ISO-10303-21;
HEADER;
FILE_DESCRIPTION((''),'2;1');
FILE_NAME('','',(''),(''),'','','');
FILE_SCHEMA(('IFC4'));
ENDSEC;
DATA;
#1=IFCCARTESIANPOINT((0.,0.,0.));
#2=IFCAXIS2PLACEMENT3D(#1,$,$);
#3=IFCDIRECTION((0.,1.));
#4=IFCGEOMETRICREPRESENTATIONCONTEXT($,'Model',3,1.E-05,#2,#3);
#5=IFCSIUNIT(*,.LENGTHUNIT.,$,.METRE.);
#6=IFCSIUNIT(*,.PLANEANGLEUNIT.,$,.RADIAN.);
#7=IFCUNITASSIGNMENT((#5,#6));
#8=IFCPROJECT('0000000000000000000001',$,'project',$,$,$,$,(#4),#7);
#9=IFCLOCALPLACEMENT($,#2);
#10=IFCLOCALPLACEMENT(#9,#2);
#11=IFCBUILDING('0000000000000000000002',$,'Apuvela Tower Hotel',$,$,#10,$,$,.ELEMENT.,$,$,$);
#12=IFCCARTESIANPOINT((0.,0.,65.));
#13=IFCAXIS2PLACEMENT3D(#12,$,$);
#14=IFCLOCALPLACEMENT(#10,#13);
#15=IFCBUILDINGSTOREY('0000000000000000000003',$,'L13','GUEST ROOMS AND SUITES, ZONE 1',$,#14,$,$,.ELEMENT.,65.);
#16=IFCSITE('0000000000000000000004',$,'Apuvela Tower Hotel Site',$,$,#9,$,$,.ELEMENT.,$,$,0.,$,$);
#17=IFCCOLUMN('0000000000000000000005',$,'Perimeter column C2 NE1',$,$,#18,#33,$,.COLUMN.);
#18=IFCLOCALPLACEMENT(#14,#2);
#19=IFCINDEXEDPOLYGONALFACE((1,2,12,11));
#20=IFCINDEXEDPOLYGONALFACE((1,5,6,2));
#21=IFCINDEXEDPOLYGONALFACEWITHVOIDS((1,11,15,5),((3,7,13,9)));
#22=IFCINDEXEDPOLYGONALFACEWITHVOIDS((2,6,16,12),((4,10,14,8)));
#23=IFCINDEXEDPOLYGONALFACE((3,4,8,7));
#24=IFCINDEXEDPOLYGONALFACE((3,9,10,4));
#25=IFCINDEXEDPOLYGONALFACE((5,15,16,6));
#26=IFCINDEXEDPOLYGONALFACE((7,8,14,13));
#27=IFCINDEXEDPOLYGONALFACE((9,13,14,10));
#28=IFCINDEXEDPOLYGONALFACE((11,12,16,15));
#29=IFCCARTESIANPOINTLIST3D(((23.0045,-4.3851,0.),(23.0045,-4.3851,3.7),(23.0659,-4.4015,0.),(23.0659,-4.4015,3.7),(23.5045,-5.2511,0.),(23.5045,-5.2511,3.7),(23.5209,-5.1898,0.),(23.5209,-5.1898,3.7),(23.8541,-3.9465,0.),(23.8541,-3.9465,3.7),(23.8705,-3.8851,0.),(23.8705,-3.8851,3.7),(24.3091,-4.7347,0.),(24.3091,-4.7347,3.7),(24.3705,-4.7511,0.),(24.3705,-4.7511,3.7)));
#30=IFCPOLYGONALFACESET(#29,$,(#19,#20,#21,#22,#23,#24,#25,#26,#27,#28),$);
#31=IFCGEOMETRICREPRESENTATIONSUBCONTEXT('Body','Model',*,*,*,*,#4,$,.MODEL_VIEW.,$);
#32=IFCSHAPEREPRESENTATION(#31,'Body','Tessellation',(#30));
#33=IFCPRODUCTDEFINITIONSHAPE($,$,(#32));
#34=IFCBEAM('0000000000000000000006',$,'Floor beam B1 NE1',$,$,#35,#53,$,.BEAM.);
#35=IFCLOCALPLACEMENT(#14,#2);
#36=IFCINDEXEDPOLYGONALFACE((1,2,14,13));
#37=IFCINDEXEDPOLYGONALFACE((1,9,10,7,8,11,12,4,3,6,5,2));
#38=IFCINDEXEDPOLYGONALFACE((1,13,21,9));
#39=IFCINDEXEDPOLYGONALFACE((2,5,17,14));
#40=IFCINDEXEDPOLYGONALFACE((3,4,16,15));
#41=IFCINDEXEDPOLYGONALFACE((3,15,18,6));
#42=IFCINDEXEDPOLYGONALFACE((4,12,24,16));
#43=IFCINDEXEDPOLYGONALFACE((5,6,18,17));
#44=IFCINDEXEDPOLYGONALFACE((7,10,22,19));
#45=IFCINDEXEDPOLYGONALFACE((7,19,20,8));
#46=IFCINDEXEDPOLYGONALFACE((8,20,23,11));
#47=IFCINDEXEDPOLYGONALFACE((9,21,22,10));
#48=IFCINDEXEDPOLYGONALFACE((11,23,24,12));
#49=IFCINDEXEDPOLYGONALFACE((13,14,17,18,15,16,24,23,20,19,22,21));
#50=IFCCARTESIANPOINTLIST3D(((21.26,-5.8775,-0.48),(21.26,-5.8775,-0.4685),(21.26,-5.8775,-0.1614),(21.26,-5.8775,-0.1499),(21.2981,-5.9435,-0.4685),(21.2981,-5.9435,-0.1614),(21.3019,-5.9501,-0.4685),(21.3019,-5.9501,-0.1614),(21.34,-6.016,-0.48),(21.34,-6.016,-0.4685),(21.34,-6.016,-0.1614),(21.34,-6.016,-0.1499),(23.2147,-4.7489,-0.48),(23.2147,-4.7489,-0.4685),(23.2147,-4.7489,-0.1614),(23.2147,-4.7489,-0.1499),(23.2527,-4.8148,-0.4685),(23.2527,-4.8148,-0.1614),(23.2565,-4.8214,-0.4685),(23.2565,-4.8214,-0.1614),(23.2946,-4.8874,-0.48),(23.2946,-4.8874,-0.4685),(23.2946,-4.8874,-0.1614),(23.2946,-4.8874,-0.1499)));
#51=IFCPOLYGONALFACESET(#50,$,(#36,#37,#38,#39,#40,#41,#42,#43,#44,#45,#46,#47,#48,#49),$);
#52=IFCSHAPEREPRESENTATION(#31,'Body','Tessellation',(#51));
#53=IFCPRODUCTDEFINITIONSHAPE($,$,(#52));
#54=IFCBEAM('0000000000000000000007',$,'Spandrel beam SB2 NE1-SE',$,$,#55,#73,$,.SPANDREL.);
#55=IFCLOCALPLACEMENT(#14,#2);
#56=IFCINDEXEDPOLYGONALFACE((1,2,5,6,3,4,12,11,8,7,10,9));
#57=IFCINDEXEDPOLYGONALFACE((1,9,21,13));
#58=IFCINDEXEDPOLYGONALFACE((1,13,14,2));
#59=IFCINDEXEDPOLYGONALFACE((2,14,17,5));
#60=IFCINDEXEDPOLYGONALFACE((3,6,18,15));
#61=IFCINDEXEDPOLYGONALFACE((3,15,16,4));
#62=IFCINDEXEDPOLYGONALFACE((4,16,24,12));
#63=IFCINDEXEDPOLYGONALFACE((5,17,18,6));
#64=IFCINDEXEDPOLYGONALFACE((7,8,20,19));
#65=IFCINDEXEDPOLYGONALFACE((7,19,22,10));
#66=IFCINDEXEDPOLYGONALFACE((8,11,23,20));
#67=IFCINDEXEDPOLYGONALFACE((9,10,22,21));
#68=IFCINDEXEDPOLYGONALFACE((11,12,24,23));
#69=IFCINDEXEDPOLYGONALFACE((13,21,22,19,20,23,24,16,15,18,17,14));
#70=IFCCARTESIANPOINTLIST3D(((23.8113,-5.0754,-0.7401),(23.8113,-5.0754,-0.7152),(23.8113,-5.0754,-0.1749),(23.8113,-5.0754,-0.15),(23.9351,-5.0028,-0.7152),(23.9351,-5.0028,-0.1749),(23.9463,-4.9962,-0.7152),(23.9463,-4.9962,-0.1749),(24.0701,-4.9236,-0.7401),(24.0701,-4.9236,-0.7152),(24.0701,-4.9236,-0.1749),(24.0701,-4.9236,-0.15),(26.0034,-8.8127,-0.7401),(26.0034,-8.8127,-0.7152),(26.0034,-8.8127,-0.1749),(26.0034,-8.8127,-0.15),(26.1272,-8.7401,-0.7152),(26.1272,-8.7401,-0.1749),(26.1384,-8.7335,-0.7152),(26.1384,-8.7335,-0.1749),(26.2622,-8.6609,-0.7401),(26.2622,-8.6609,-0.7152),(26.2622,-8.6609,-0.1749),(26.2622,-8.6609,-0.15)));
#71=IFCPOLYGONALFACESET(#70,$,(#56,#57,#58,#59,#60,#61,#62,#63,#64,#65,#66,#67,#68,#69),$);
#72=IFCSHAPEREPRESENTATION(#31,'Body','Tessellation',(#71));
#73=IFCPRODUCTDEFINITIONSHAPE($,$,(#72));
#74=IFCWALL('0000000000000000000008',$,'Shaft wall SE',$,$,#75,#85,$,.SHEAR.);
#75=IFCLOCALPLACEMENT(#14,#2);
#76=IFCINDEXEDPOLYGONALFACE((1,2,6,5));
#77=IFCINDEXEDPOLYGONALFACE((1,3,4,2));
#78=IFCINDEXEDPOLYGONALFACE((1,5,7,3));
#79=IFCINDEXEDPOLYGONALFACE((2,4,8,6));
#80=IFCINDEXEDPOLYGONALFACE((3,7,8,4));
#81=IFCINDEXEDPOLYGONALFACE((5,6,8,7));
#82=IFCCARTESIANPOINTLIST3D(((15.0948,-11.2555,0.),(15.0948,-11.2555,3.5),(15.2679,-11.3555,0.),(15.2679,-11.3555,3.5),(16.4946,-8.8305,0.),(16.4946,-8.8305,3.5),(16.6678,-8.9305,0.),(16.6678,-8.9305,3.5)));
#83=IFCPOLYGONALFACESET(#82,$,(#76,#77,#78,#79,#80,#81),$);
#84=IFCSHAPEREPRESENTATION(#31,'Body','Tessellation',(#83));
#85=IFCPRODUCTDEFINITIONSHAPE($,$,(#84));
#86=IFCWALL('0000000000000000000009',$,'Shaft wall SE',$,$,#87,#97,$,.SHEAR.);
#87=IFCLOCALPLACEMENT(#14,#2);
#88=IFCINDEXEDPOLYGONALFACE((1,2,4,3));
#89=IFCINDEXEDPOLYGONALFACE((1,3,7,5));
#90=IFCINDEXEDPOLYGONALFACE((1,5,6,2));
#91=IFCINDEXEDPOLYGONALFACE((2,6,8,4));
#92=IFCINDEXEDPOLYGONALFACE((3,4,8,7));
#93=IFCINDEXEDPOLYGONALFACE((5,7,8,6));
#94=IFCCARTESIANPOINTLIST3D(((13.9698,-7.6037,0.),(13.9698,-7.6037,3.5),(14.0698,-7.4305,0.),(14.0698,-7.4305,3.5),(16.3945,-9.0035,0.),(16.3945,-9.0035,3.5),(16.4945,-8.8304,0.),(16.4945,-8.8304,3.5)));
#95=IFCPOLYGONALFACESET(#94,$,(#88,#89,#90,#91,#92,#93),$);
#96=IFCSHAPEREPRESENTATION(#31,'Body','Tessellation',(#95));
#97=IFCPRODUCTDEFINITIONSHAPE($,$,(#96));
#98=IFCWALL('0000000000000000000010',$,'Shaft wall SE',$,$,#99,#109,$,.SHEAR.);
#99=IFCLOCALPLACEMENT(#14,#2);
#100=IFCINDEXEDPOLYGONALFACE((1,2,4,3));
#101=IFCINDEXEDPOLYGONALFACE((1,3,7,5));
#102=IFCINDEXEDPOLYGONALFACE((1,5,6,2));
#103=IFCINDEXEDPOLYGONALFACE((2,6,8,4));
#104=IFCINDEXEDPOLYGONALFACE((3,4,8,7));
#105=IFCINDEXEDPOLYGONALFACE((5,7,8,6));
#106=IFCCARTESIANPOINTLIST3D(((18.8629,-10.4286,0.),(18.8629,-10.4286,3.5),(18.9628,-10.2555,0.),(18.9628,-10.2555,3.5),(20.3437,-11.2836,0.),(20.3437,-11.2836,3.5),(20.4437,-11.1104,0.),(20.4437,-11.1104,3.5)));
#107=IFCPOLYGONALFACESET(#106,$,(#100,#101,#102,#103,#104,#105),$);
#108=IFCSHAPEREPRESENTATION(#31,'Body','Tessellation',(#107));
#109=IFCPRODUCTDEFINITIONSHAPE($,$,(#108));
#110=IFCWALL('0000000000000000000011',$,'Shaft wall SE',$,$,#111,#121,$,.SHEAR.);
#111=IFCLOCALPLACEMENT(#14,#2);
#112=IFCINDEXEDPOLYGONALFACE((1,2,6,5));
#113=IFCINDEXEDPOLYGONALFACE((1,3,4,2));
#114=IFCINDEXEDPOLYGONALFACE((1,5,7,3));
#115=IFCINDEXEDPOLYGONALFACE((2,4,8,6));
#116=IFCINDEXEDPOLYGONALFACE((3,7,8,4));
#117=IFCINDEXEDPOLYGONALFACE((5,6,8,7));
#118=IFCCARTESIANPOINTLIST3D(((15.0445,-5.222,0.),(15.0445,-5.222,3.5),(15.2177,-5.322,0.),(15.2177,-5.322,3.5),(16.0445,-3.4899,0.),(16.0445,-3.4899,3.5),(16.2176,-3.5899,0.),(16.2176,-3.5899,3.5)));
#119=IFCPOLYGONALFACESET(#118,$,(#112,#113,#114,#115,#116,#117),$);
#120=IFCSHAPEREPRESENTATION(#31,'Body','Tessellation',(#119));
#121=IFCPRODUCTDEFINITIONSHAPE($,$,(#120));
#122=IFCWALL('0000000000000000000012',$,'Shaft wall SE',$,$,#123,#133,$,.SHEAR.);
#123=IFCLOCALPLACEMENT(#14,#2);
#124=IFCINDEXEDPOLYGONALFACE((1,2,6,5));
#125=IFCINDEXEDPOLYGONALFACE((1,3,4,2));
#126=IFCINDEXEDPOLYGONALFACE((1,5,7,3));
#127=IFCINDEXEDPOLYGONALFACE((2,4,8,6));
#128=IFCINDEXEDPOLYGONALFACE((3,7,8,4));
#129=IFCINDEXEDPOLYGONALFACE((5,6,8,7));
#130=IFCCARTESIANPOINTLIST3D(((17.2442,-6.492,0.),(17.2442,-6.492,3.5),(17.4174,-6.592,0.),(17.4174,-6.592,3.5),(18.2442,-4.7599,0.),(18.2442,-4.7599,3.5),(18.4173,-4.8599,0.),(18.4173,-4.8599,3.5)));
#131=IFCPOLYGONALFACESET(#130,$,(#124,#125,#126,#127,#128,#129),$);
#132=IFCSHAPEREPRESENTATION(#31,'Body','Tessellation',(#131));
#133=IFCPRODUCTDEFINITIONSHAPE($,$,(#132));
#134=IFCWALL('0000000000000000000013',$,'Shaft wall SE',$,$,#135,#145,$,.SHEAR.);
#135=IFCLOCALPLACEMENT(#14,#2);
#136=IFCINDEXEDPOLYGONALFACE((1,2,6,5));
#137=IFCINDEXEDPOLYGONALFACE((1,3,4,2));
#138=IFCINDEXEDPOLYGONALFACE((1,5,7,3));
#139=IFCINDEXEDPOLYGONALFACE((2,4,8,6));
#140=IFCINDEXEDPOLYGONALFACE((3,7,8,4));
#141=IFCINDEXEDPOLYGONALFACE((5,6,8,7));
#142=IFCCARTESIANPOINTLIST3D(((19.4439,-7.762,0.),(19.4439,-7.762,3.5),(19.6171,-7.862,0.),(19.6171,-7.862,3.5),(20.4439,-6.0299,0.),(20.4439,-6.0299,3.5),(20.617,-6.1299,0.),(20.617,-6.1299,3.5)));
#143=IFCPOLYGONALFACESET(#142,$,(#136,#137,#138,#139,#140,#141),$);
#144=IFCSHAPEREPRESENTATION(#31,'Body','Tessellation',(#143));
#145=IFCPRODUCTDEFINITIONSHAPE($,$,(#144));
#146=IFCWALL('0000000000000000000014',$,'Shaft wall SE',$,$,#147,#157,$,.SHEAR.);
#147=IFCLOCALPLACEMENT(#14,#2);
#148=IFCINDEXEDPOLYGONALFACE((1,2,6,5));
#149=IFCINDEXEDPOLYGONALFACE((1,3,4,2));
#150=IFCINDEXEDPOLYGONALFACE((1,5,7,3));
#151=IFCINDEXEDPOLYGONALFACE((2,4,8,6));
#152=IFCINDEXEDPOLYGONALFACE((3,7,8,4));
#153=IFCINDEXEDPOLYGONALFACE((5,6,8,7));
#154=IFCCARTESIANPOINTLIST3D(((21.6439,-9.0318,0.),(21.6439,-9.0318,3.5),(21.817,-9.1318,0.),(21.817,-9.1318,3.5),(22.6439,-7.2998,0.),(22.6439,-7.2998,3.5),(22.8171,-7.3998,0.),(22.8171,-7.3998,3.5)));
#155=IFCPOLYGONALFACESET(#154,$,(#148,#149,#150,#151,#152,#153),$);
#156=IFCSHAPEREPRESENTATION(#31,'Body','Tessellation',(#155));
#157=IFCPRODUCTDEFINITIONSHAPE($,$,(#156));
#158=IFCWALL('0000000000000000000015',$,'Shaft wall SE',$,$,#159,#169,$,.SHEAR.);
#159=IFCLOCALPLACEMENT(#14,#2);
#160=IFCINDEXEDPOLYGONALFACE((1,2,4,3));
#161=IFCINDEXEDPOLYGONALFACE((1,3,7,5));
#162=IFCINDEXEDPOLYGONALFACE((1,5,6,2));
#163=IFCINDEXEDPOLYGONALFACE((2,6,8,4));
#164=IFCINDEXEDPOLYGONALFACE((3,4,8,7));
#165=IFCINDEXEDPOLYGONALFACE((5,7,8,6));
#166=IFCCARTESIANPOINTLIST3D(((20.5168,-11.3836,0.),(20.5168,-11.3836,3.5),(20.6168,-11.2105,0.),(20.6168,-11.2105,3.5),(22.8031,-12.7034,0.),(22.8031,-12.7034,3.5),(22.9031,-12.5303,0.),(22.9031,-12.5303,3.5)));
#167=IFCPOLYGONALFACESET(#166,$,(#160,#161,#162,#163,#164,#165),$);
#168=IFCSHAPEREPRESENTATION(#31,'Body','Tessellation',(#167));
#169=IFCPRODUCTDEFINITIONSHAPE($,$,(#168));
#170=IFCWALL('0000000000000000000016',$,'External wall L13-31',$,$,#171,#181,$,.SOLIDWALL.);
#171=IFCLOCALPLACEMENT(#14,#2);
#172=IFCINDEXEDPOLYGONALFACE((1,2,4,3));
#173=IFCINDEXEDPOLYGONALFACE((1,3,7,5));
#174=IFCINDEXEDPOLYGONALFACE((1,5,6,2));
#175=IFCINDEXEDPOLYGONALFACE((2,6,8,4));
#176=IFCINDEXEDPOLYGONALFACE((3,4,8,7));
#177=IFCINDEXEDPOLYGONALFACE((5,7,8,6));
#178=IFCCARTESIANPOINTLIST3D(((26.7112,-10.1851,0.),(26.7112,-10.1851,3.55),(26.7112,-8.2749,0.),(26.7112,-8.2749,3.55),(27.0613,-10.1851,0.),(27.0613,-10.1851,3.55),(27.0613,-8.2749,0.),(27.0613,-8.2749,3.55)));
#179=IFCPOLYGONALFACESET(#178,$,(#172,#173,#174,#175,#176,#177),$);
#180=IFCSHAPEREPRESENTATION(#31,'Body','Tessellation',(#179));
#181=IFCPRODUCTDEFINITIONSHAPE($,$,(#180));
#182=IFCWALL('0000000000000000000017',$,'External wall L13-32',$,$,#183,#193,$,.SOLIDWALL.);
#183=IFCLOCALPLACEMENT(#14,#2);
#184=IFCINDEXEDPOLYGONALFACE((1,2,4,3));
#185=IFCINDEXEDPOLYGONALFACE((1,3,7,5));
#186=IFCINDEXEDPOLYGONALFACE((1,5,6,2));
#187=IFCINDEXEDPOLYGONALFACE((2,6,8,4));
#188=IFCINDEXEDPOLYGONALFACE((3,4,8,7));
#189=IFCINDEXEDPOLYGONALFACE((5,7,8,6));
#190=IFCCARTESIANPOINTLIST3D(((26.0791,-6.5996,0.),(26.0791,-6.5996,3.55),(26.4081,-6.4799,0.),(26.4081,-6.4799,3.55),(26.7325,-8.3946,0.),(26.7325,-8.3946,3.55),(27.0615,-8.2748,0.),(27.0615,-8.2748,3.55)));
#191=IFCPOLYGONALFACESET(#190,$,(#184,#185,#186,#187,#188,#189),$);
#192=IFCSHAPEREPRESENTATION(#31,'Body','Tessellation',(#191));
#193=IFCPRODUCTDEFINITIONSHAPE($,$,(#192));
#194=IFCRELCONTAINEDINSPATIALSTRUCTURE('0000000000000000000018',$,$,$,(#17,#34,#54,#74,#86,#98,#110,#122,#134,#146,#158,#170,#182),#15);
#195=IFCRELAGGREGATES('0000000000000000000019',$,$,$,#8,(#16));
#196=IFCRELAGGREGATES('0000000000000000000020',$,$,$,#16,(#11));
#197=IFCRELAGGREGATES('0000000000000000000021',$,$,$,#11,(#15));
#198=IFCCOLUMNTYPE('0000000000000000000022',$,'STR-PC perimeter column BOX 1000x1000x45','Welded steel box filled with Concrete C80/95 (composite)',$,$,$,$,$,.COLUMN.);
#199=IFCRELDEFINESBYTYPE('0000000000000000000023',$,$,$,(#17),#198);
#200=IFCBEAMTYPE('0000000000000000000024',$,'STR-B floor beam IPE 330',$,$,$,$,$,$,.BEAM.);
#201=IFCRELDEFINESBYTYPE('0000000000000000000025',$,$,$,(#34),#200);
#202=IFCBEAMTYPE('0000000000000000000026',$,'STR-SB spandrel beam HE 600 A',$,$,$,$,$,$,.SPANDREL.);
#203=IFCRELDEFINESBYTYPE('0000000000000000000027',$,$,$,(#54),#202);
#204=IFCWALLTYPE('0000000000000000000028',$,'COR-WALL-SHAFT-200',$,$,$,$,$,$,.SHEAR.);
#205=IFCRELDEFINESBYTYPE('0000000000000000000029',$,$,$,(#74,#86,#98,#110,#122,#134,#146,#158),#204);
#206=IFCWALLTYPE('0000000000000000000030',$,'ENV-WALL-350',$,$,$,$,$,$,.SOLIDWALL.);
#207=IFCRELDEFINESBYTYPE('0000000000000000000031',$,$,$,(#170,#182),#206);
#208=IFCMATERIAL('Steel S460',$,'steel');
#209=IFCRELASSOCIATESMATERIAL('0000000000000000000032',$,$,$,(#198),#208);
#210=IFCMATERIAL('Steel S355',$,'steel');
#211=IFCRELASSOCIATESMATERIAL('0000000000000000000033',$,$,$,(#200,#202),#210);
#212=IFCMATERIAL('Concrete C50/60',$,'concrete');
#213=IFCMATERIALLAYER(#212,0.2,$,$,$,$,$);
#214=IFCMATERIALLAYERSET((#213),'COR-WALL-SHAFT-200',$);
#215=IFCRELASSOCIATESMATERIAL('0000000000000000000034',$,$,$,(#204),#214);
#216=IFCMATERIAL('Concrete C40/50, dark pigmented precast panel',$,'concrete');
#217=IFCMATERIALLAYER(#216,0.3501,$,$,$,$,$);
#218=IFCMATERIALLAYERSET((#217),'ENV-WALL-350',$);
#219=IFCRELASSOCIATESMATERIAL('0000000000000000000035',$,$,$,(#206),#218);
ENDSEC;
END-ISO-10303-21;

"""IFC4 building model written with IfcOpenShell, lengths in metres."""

from ifc_helpers import new_model, si_unit, direction, frame, frame_2d, origin, origin_2d, place, context, subcontext, project, spatial, rectangle, hollow_rectangle, i_section, extrude, material, layer, layer_set, material_profile, profile_set, type_object, element, save


model = new_model("IFC4")

# Units and contexts
model_context = context("Model", 3, precision=1e-05, world=origin(), true_north=direction((0.0, 1.0)))
body_context = subcontext(model_context, "Body", "Model", "MODEL_VIEW")
ifc_project = project(units=[si_unit("LENGTHUNIT", "METRE"), si_unit("PLANEANGLEUNIT", "RADIAN")], contexts=[model_context])

# Site, building, storey
site_placement = place(None, origin())
site = spatial("IfcSite", under=ifc_project, at=site_placement, Name="Apuvela Tower Hotel Site", CompositionType="ELEMENT", RefElevation=0.0)
building_placement = place(site_placement, origin())
building = spatial("IfcBuilding", under=site, at=building_placement, Name="Apuvela Tower Hotel", CompositionType="ELEMENT")
storey_placement = place(building_placement, frame((0.0, 0.0, 65.0)))
storey = spatial("IfcBuildingStorey", under=building, at=storey_placement, Name="L13", Description="GUEST ROOMS AND SUITES, ZONE 1", CompositionType="ELEMENT", Elevation=65.0)

# Column
ifc_material_1 = material(Name="Steel S460", Category="steel")
ifc_material_profile_1 = material_profile(ifc_material_1, hollow_rectangle(XDim=1.0, YDim=1.0, WallThickness=0.0449, at=origin_2d()), Name="BOX 1000x1000x45")
ifc_material_2 = material(Name="Concrete C80/95", Category="concrete")
ifc_material_profile_2 = material_profile(ifc_material_2, rectangle(XDim=0.9099, YDim=0.9099, at=origin_2d()), Name="Concrete C80/95 infill")
ifc_profile_set_1 = profile_set([ifc_material_profile_1, ifc_material_profile_2], Name="Steel S460")
column_type = type_object("IfcColumnType", Name="STR-PC perimeter column BOX 1000x1000x45", Description="Welded steel box filled with Concrete C80/95 (composite)", PredefinedType="COLUMN", material=ifc_profile_set_1)
column_placement = place(storey_placement, frame((23.6875, -4.5681, 0.0), z_axis=(0.0, 0.0, 1.0), x_axis=(-0.5, 0.866025, 0.0)))
element("IfcColumn", 1, at=column_placement, inside=storey, type_object=column_type, Name="Perimeter column C2 NE1", PredefinedType="COLUMN", context=body_context, shape_type="SweptSolid", body=[
    extrude(hollow_rectangle(XDim=1.0, YDim=1.0, WallThickness=0.0449, at=origin_2d()), origin(), (0.0, 0.0, 1.0), 3.7),
])

# Beams
ifc_material_3 = material(Name="Steel S355", Category="steel")
ifc_material_profile_3 = material_profile(ifc_material_3, i_section(OverallWidth=0.1599, OverallDepth=0.3301, WebThickness=0.0076, FlangeThickness=0.0115, at=origin_2d()), Name="IPE 330")
ifc_profile_set_2 = profile_set([ifc_material_profile_3], Name="Steel S355")
beam_type_1 = type_object("IfcBeamType", Name="STR-B floor beam IPE 330", PredefinedType="BEAM", material=ifc_profile_set_2)
beam_1_placement = place(storey_placement, frame((23.2546, -4.8181, -0.3149), z_axis=(-0.865991, -0.50006, 0.0), x_axis=(0.50006, -0.865991, 0.0)))
element("IfcBeam", 2, at=beam_1_placement, inside=storey, type_object=beam_type_1, Name="Floor beam B1 NE1", PredefinedType="BEAM", context=body_context, shape_type="SweptSolid", body=[
    extrude(i_section(OverallWidth=0.1599, OverallDepth=0.3301, WebThickness=0.0076, FlangeThickness=0.0115, at=origin_2d()), origin(), (0.0, 0.0, 1.0), 2.2571),
])
ifc_material_profile_4 = material_profile(ifc_material_3, i_section(OverallWidth=0.3, OverallDepth=0.5901, WebThickness=0.0129, FlangeThickness=0.0249, at=origin_2d()), Name="HE 600 A")
ifc_profile_set_3 = profile_set([ifc_material_profile_4], Name="Steel S355")
beam_type_2 = type_object("IfcBeamType", Name="STR-SB spandrel beam HE 600 A", PredefinedType="SPANDREL", material=ifc_profile_set_3)
beam_2_placement = place(storey_placement, frame((23.9407, -4.9995, -0.4451), z_axis=(0.505944, -0.862567, 0.0), x_axis=(0.862567, 0.505944, 0.0)))
element("IfcBeam", 3, at=beam_2_placement, inside=storey, type_object=beam_type_2, Name="Spandrel beam SB2 NE1-SE", PredefinedType="SPANDREL", context=body_context, shape_type="SweptSolid", body=[
    extrude(i_section(OverallWidth=0.3, OverallDepth=0.5901, WebThickness=0.0129, FlangeThickness=0.0249, at=origin_2d()), origin(), (0.0, 0.0, 1.0), 4.3328),
])

# Walls
ifc_material_4 = material(Name="Concrete C50/60", Category="concrete")
ifc_layer_1 = layer(ifc_material_4, 0.2)
ifc_layer_set_1 = layer_set([ifc_layer_1], Name="COR-WALL-SHAFT-200")
wall_type_1 = type_object("IfcWallType", Name="COR-WALL-SHAFT-200", PredefinedType="SHEAR", material=ifc_layer_set_1)
wall_1_placement = place(storey_placement, frame((15.1814, -11.3054, 0.0), z_axis=(0.0, 0.0, 1.0), x_axis=(0.499946, 0.866056, 0.0)))
element("IfcWall", 4, at=wall_1_placement, inside=storey, type_object=wall_type_1, Name="Shaft wall SE", PredefinedType="SHEAR", context=body_context, shape_type="SweptSolid", body=[
    extrude(rectangle(XDim=2.8, YDim=0.2, at=frame_2d((1.3999, 0.0))), origin(), (0.0, 0.0, 1.0), 3.5),
])
wall_2_placement = place(storey_placement, frame((14.0198, -7.5171, 0.0), z_axis=(0.0, 0.0, 1.0), x_axis=(0.866035, -0.499984, 0.0)))
element("IfcWall", 5, at=wall_2_placement, inside=storey, type_object=wall_type_1, Name="Shaft wall SE", PredefinedType="SHEAR", context=body_context, shape_type="SweptSolid", body=[
    extrude(rectangle(XDim=2.7998, YDim=0.2, at=frame_2d((1.3999, 0.0))), origin(), (0.0, 0.0, 1.0), 3.5),
])
wall_3_placement = place(storey_placement, frame((18.9128, -10.342, 0.0), z_axis=(0.0, 0.0, 1.0), x_axis=(0.866038, -0.499978, 0.0)))
element("IfcWall", 6, at=wall_3_placement, inside=storey, type_object=wall_type_1, Name="Shaft wall SE", PredefinedType="SHEAR", context=body_context, shape_type="SweptSolid", body=[
    extrude(rectangle(XDim=1.71, YDim=0.2, at=frame_2d((0.855, 0.0))), origin(), (0.0, 0.0, 1.0), 3.5),
])
for number, where, z_axis, x_axis, name in (
    (7, (15.1311, -5.272, 0.0), (0.0, 0.0, 1.0), (0.499973, 0.866041, 0.0), "Shaft wall SE"),
    (8, (17.3308, -6.542, 0.0), (0.0, 0.0, 1.0), (0.499973, 0.866041, 0.0), "Shaft wall SE"),
    (9, (19.5305, -7.812, 0.0), (0.0, 0.0, 1.0), (0.499973, 0.866041, 0.0), "Shaft wall SE"),
    (10, (21.7305, -9.0818, 0.0), (0.0, 0.0, 1.0), (0.500025, 0.866011, 0.0), "Shaft wall SE"),
):
    element("IfcWall", number, at=place(storey_placement, frame(where, z_axis=z_axis, x_axis=x_axis)), inside=storey, type_object=wall_type_1, Name=name, PredefinedType="SHEAR", context=body_context, shape_type="SweptSolid", body=[
        extrude(rectangle(XDim=2.0, YDim=0.2, at=frame_2d((1.0, 0.0))), origin(), (0.0, 0.0, 1.0), 3.5),
    ])
wall_4_placement = place(storey_placement, frame((20.5669, -11.2971, 0.0), z_axis=(0.0, 0.0, 1.0), x_axis=(0.866061, -0.499939, 0.0)))
element("IfcWall", 11, at=wall_4_placement, inside=storey, type_object=wall_type_1, Name="Shaft wall SE", PredefinedType="SHEAR", context=body_context, shape_type="SweptSolid", body=[
    extrude(rectangle(XDim=2.6399, YDim=0.2, at=frame_2d((1.3198, 0.0))), origin(), (0.0, 0.0, 1.0), 3.5),
])
ifc_material_5 = material(Name="Concrete C40/50, dark pigmented precast panel", Category="concrete")
ifc_layer_2 = layer(ifc_material_5, 0.3501)
ifc_layer_set_2 = layer_set([ifc_layer_2], Name="ENV-WALL-350")
wall_type_2 = type_object("IfcWallType", Name="ENV-WALL-350", PredefinedType="SOLIDWALL", material=ifc_layer_set_2)
for number, where, z_axis, x_axis, name in (
    (12, (26.8862, -10.1851, 0.0), (0.0, 0.0, 1.0), (0.0, 1.0, 0.0), "External wall L13-31"),
    (13, (26.897, -8.3347, 0.0), (0.0, 0.0, 1.0), (-0.34203, 0.939689, 0.0), "External wall L13-32"),
):
    element("IfcWall", number, at=place(storey_placement, frame(where, z_axis=z_axis, x_axis=x_axis)), inside=storey, type_object=wall_type_2, Name=name, PredefinedType="SOLIDWALL", context=body_context, shape_type="SweptSolid", body=[
        extrude(rectangle(XDim=1.9102, YDim=0.3501, at=frame_2d((0.9551, 0.0))), origin(), (0.0, 0.0, 1.0), 3.55),
    ])

save(model, "model.ifc")
